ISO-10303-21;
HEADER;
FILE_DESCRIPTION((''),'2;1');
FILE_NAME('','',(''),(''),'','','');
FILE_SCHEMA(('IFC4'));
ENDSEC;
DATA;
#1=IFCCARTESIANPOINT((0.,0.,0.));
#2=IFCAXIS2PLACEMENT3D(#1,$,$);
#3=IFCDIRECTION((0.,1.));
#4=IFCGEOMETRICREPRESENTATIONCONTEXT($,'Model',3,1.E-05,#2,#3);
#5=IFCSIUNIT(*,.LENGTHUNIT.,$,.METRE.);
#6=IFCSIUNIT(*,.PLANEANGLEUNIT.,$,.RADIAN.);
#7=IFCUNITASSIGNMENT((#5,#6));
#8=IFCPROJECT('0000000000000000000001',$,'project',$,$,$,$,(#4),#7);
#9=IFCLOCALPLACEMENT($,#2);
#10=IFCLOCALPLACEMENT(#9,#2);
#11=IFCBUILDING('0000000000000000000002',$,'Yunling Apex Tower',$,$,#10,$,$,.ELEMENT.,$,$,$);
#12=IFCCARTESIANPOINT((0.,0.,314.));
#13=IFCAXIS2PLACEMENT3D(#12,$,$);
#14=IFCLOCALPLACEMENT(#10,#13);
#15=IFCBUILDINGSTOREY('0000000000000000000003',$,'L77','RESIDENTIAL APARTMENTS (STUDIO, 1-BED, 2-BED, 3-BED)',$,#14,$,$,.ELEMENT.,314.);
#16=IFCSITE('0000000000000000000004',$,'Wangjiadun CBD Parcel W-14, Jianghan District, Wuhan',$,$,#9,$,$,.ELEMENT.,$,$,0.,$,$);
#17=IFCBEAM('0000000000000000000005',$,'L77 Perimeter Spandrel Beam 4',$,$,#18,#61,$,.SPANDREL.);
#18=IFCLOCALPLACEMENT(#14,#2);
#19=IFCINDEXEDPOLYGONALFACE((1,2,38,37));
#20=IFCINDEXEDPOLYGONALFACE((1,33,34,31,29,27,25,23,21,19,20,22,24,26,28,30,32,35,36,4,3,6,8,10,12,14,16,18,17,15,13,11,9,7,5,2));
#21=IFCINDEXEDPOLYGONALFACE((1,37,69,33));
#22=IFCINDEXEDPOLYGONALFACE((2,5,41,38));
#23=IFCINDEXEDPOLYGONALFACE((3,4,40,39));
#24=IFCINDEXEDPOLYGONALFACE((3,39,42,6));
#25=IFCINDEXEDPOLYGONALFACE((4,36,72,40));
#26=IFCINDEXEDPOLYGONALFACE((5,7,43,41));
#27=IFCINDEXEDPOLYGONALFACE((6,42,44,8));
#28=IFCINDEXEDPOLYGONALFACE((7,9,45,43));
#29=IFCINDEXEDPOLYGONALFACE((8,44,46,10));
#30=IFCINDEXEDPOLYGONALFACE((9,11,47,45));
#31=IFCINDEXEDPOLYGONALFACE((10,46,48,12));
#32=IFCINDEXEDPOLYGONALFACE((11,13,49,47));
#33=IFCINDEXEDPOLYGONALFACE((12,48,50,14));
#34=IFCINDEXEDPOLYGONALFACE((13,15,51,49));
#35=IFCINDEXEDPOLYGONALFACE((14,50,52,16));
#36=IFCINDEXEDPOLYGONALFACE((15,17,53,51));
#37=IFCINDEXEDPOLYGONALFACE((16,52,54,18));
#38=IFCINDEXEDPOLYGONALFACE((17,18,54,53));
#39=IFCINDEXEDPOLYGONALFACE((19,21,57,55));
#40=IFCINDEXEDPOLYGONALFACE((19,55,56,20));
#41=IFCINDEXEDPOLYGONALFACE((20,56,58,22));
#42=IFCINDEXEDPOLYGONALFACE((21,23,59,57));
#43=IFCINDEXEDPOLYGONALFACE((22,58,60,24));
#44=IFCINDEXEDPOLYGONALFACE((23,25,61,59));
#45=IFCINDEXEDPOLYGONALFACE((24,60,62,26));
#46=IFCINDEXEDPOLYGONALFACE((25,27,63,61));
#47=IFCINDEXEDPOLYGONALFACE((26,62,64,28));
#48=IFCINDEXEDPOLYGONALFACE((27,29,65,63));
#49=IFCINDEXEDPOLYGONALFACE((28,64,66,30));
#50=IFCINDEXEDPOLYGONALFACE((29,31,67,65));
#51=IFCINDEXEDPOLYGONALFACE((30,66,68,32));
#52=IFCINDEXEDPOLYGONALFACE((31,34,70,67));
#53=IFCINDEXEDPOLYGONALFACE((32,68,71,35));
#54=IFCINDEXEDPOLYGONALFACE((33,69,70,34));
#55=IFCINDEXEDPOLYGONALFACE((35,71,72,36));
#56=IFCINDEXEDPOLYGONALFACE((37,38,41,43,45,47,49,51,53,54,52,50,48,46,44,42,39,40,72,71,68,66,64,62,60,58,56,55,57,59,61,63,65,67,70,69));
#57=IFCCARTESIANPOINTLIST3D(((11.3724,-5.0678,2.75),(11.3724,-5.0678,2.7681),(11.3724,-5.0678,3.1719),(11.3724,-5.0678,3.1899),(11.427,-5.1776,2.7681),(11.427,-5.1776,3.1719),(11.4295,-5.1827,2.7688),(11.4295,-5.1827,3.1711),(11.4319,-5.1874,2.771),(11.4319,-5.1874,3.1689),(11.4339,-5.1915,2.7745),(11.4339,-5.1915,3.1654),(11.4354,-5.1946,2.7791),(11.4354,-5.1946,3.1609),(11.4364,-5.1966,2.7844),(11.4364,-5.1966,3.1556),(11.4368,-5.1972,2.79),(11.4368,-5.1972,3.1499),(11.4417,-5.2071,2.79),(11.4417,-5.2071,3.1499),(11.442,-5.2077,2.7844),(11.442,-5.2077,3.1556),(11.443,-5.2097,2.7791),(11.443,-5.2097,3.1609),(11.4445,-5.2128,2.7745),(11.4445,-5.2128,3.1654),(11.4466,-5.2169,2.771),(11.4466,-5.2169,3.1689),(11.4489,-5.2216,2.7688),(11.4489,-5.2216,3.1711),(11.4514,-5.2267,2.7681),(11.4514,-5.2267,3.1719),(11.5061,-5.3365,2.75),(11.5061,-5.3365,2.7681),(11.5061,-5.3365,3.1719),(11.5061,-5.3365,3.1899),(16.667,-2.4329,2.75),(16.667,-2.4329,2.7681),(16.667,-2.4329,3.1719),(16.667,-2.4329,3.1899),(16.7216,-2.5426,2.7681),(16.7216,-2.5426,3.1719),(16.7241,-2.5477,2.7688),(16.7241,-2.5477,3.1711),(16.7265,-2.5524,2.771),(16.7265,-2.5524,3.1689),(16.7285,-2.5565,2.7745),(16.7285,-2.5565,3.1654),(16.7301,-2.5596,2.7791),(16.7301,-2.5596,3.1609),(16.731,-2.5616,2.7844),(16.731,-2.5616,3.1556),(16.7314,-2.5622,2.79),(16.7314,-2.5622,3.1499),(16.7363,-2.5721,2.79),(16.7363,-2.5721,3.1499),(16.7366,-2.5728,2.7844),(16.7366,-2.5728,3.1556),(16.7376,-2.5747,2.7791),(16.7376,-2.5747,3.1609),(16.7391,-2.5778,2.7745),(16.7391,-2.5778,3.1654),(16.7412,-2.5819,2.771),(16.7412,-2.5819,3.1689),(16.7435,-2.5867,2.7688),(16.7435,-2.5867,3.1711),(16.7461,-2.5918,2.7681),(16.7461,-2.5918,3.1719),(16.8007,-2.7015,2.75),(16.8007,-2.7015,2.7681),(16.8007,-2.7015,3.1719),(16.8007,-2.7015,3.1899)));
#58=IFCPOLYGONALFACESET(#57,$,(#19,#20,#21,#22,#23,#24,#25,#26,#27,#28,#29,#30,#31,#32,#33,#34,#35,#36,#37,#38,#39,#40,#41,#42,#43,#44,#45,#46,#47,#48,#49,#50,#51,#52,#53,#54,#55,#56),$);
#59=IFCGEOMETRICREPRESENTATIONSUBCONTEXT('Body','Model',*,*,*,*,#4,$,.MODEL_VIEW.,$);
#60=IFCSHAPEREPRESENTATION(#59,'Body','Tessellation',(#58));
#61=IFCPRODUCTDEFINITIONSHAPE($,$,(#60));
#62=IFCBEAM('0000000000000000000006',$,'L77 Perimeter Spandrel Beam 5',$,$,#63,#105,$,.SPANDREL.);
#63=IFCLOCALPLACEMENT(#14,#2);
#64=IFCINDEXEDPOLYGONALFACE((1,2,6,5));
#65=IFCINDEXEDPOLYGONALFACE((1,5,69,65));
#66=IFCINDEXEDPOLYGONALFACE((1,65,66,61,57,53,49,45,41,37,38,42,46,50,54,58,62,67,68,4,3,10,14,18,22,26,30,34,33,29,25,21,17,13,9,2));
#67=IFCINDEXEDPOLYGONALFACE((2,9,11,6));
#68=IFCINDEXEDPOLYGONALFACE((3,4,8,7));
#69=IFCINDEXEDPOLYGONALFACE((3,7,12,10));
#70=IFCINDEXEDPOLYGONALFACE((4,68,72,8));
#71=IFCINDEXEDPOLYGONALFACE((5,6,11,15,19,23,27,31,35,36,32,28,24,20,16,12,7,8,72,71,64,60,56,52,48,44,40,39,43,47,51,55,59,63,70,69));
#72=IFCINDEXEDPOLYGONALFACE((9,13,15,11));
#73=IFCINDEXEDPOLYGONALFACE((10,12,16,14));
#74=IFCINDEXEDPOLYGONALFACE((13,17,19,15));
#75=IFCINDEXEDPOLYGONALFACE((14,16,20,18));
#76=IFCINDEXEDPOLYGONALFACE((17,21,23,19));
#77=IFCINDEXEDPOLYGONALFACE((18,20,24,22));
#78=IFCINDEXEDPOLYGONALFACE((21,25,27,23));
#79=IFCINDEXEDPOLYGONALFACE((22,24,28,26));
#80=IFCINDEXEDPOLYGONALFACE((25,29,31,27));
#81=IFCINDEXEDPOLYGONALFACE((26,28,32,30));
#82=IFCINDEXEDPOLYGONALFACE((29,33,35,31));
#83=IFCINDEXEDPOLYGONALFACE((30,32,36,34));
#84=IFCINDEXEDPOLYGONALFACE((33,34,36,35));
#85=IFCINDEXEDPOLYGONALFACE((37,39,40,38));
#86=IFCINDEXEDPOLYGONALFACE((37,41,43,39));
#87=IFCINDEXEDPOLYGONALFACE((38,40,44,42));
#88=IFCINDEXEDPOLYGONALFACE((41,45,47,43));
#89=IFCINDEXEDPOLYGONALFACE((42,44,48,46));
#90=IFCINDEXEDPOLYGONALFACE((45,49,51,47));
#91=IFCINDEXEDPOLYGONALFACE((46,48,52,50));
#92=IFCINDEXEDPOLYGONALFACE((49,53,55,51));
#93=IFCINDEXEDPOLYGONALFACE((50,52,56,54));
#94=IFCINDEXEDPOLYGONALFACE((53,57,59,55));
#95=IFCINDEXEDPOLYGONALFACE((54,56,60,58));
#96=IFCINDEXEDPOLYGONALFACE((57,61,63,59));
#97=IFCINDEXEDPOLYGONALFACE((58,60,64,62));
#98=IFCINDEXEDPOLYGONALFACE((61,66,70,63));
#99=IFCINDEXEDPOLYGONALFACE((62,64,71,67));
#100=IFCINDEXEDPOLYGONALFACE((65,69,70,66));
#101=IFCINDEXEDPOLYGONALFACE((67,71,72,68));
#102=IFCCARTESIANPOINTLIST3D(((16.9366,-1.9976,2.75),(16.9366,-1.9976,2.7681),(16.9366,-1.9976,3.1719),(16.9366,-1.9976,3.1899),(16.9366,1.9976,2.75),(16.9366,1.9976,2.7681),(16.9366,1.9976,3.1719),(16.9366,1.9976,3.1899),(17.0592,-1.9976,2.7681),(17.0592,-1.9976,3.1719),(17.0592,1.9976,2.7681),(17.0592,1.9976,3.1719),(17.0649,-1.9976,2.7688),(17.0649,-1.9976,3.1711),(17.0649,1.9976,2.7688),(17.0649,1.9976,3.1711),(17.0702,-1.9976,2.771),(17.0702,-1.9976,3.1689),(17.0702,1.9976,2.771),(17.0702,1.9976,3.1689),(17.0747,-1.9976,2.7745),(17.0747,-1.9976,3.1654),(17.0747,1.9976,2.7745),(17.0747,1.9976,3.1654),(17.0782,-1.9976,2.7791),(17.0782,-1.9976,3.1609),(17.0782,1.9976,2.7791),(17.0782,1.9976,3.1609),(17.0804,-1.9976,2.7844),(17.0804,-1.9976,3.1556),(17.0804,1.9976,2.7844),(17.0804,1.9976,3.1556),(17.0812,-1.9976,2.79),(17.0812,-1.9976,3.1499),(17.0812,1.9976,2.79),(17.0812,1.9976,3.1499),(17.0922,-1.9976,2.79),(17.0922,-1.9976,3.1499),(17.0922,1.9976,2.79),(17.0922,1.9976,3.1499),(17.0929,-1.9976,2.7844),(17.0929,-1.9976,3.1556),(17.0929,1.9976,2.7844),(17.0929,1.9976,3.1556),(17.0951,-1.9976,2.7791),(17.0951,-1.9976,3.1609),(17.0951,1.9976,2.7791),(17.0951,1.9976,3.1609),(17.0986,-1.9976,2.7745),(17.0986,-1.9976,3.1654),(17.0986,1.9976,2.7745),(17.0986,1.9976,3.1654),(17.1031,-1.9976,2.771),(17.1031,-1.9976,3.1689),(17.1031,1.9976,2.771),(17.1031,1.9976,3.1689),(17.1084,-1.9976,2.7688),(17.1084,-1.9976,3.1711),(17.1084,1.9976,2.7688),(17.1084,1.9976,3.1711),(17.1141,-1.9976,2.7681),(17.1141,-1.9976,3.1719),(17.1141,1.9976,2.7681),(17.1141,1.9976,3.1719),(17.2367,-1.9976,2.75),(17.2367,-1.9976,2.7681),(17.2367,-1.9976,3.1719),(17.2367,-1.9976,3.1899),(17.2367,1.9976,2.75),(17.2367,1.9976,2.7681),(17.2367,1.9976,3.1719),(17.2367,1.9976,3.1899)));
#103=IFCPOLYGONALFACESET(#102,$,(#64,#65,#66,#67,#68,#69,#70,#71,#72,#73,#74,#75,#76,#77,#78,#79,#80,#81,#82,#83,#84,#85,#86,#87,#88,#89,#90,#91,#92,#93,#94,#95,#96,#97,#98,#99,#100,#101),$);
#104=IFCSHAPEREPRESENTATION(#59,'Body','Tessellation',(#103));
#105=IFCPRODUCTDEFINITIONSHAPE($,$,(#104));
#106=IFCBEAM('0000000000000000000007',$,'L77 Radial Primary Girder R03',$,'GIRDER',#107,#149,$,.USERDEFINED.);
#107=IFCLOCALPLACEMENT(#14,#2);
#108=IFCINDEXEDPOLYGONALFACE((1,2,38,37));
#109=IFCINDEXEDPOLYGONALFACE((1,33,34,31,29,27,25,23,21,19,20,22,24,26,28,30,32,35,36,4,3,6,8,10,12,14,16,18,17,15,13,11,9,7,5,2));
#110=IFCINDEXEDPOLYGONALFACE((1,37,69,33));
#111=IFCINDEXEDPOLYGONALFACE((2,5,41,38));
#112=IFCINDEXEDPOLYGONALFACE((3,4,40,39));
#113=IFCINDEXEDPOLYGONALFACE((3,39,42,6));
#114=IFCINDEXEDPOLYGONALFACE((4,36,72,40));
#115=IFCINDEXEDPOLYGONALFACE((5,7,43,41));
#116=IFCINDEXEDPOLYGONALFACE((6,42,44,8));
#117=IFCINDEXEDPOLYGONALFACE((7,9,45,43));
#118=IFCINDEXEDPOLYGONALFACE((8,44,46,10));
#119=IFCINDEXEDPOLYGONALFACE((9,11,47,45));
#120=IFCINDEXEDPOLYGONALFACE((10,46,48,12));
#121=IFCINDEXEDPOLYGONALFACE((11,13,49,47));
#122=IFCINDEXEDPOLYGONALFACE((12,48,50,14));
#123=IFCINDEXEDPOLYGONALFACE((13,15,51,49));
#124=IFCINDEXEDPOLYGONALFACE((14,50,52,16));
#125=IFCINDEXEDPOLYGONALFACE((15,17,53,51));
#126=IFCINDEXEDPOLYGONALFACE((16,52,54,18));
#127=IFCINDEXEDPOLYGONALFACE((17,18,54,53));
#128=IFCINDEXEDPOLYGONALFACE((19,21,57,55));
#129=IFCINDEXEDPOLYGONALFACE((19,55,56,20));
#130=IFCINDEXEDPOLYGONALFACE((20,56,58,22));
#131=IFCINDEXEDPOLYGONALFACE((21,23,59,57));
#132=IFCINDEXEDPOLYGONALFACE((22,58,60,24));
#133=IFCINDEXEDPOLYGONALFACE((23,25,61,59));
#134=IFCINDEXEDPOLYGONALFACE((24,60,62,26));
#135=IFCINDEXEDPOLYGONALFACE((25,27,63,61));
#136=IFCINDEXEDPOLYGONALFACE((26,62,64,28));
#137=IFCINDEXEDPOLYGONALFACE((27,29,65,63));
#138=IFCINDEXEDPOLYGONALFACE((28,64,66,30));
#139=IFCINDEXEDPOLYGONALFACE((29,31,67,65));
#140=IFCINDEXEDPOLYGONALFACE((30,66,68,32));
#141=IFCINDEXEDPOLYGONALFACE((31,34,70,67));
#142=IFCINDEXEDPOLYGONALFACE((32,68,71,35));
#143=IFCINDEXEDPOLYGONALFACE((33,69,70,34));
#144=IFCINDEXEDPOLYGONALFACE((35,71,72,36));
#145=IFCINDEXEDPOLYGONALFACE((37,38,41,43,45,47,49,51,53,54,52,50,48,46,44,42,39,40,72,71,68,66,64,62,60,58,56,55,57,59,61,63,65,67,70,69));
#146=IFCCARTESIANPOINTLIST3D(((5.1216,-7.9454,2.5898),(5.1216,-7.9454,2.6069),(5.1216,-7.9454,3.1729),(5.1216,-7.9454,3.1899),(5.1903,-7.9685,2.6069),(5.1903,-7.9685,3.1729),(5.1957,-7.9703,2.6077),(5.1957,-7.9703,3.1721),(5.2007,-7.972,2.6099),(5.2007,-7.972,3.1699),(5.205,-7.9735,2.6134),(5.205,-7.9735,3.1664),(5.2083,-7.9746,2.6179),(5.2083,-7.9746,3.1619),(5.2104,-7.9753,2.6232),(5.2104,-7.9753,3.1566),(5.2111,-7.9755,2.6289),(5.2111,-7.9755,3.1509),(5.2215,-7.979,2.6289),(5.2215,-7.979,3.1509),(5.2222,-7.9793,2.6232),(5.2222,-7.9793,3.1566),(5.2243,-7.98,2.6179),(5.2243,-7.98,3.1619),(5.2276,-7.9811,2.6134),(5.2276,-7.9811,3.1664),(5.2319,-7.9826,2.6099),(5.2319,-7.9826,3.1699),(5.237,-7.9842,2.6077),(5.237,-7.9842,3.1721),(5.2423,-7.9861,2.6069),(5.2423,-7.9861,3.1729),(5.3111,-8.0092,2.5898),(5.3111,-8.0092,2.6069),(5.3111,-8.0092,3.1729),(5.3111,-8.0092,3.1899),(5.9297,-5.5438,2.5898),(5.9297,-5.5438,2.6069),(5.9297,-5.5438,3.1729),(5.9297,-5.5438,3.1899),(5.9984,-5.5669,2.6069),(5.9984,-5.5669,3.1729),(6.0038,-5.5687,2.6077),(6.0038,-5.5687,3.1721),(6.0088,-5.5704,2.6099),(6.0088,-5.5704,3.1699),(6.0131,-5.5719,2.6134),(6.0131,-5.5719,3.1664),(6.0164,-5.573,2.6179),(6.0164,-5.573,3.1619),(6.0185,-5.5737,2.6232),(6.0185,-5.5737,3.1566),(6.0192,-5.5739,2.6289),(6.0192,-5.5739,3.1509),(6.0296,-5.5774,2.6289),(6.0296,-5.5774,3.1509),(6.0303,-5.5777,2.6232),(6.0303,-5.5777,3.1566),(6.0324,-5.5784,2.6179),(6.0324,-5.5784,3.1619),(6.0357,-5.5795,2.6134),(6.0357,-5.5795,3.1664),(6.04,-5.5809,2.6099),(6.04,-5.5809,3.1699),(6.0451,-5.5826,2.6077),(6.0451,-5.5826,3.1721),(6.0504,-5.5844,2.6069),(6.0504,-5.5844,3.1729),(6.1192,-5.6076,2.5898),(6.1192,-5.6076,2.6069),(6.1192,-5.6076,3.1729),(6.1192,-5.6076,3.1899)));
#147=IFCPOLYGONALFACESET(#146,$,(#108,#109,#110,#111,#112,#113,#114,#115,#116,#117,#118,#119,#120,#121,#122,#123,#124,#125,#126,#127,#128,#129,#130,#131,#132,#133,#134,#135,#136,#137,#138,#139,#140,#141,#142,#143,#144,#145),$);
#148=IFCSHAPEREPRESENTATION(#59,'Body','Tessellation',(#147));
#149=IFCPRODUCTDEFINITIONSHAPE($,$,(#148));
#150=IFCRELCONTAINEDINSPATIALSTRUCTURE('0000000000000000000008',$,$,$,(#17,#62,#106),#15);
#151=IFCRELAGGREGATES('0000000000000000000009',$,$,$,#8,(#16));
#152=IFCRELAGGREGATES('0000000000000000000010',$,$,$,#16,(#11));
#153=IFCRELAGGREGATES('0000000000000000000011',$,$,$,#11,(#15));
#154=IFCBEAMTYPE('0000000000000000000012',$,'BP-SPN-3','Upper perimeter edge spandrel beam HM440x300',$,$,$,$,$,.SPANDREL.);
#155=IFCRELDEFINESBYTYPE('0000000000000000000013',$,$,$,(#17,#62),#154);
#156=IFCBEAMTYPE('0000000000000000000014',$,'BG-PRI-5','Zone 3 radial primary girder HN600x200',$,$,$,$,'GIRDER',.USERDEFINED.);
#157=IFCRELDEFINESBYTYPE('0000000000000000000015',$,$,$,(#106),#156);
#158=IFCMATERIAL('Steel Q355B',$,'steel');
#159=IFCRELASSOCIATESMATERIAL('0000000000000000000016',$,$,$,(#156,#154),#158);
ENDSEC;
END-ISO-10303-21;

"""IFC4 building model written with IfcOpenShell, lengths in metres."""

from ifc_helpers import new_model, si_unit, direction, frame, origin, origin_2d, place, context, subcontext, project, spatial, i_section, extrude, source, transform, mapped, material, material_profile, profile_set, type_object, element, save


model = new_model("IFC4")

# Units and contexts
model_context = context("Model", 3, precision=1e-05, world=origin(), true_north=direction((0.0, 1.0)))
body_context = subcontext(model_context, "Body", "Model", "MODEL_VIEW")
ifc_project = project(units=[si_unit("LENGTHUNIT", "METRE"), si_unit("PLANEANGLEUNIT", "RADIAN")], contexts=[model_context])

# Site, building, storey
site_placement = place(None, origin())
site = spatial("IfcSite", under=ifc_project, at=site_placement, Name="Wangjiadun CBD Parcel W-14, Jianghan District, Wuhan", CompositionType="ELEMENT", RefElevation=0.0)
building_placement = place(site_placement, origin())
building = spatial("IfcBuilding", under=site, at=building_placement, Name="Yunling Apex Tower", CompositionType="ELEMENT")
storey_placement = place(building_placement, frame((0.0, 0.0, 314.0)))
storey = spatial("IfcBuildingStorey", under=building, at=storey_placement, Name="L77", Description="RESIDENTIAL APARTMENTS (STUDIO, 1-BED, 2-BED, 3-BED)", CompositionType="ELEMENT", Elevation=314.0)

# Shared definitions
ifc_material_1 = material(Name="Steel Q355B", Category="steel")

# Beams
ifc_material_profile_1 = material_profile(ifc_material_1, i_section(OverallWidth=0.2, OverallDepth=0.6001, WebThickness=0.011, FlangeThickness=0.0171, FilletRadius=0.022, at=origin_2d()))
ifc_profile_set_1 = profile_set([ifc_material_profile_1], Name="Steel Q355B")
beam_type_1 = type_object("IfcBeamType", Name="BG-PRI-5", Description="Zone 3 radial primary girder HN600x200", ElementType="GIRDER", PredefinedType="USERDEFINED", material=ifc_profile_set_1)
ifc_material_profile_2 = material_profile(ifc_material_1, i_section(OverallWidth=0.3, OverallDepth=0.4399, WebThickness=0.011, FlangeThickness=0.0181, FilletRadius=0.022, at=origin_2d()))
ifc_profile_set_2 = profile_set([ifc_material_profile_2], Name="Steel Q355B")
beam_type_2 = type_object("IfcBeamType", Name="BP-SPN-3", Description="Upper perimeter edge spandrel beam HM440x300", PredefinedType="SPANDREL", material=ifc_profile_set_2)
shared_shape_1 = source(origin(), body_context, "Body", "SweptSolid", [
    extrude(i_section(OverallWidth=0.3, OverallDepth=0.4399, WebThickness=0.011, FlangeThickness=0.0181, FilletRadius=0.022, at=origin_2d()), origin(), (0.0, 0.0, 1.0), 5.9141),
])
for number, where, z_axis, x_axis, name in (
    (1, (11.4392, -5.2021, 2.97), (0.89526, 0.445545, 0.0), (-0.445545, 0.89526, 0.0), "L77 Perimeter Spandrel Beam 4"),
):
    element("IfcBeam", number, at=place(storey_placement, frame(where, z_axis=z_axis, x_axis=x_axis)), inside=storey, type_object=beam_type_2, Name=name, PredefinedType="SPANDREL", context=body_context, shape_type="MappedRepresentation", body=[
        mapped(shared_shape_1, transform((0.0, 0.0, 0.0), scale=1.0)),
    ])
shared_shape_2 = source(origin(), body_context, "Body", "SweptSolid", [
    extrude(i_section(OverallWidth=0.3, OverallDepth=0.4399, WebThickness=0.011, FlangeThickness=0.0181, FilletRadius=0.022, at=origin_2d()), origin(), (0.0, 0.0, 1.0), 3.9951),
])
beam_1_placement = place(storey_placement, frame((17.0867, -1.9976, 2.97), z_axis=(0.0, 1.0, 0.0), x_axis=(-1.0, 0.0, 0.0)))
element("IfcBeam", 2, at=beam_1_placement, inside=storey, type_object=beam_type_2, Name="L77 Perimeter Spandrel Beam 5", PredefinedType="SPANDREL", context=body_context, shape_type="MappedRepresentation", body=[
    mapped(shared_shape_2, transform((0.0, 0.0, 0.0), scale=1.0)),
])
shared_shape_3 = source(origin(), body_context, "Body", "SweptSolid", [
    extrude(i_section(OverallWidth=0.2, OverallDepth=0.6001, WebThickness=0.011, FlangeThickness=0.0171, FilletRadius=0.022, at=origin_2d()), origin(), (0.0, 0.0, 1.0), 2.5339),
])
beam_2_placement = place(storey_placement, frame((5.2163, -7.9773, 2.8899), z_axis=(0.318915, 0.947783, 0.0), x_axis=(-0.947783, 0.318915, 0.0)))
element("IfcBeam", 3, at=beam_2_placement, inside=storey, type_object=beam_type_1, Name="L77 Radial Primary Girder R03", ObjectType="GIRDER", PredefinedType="USERDEFINED", context=body_context, shape_type="MappedRepresentation", body=[
    mapped(shared_shape_3, transform((0.0, 0.0, 0.0), scale=1.0)),
])

save(model, "model.ifc")
